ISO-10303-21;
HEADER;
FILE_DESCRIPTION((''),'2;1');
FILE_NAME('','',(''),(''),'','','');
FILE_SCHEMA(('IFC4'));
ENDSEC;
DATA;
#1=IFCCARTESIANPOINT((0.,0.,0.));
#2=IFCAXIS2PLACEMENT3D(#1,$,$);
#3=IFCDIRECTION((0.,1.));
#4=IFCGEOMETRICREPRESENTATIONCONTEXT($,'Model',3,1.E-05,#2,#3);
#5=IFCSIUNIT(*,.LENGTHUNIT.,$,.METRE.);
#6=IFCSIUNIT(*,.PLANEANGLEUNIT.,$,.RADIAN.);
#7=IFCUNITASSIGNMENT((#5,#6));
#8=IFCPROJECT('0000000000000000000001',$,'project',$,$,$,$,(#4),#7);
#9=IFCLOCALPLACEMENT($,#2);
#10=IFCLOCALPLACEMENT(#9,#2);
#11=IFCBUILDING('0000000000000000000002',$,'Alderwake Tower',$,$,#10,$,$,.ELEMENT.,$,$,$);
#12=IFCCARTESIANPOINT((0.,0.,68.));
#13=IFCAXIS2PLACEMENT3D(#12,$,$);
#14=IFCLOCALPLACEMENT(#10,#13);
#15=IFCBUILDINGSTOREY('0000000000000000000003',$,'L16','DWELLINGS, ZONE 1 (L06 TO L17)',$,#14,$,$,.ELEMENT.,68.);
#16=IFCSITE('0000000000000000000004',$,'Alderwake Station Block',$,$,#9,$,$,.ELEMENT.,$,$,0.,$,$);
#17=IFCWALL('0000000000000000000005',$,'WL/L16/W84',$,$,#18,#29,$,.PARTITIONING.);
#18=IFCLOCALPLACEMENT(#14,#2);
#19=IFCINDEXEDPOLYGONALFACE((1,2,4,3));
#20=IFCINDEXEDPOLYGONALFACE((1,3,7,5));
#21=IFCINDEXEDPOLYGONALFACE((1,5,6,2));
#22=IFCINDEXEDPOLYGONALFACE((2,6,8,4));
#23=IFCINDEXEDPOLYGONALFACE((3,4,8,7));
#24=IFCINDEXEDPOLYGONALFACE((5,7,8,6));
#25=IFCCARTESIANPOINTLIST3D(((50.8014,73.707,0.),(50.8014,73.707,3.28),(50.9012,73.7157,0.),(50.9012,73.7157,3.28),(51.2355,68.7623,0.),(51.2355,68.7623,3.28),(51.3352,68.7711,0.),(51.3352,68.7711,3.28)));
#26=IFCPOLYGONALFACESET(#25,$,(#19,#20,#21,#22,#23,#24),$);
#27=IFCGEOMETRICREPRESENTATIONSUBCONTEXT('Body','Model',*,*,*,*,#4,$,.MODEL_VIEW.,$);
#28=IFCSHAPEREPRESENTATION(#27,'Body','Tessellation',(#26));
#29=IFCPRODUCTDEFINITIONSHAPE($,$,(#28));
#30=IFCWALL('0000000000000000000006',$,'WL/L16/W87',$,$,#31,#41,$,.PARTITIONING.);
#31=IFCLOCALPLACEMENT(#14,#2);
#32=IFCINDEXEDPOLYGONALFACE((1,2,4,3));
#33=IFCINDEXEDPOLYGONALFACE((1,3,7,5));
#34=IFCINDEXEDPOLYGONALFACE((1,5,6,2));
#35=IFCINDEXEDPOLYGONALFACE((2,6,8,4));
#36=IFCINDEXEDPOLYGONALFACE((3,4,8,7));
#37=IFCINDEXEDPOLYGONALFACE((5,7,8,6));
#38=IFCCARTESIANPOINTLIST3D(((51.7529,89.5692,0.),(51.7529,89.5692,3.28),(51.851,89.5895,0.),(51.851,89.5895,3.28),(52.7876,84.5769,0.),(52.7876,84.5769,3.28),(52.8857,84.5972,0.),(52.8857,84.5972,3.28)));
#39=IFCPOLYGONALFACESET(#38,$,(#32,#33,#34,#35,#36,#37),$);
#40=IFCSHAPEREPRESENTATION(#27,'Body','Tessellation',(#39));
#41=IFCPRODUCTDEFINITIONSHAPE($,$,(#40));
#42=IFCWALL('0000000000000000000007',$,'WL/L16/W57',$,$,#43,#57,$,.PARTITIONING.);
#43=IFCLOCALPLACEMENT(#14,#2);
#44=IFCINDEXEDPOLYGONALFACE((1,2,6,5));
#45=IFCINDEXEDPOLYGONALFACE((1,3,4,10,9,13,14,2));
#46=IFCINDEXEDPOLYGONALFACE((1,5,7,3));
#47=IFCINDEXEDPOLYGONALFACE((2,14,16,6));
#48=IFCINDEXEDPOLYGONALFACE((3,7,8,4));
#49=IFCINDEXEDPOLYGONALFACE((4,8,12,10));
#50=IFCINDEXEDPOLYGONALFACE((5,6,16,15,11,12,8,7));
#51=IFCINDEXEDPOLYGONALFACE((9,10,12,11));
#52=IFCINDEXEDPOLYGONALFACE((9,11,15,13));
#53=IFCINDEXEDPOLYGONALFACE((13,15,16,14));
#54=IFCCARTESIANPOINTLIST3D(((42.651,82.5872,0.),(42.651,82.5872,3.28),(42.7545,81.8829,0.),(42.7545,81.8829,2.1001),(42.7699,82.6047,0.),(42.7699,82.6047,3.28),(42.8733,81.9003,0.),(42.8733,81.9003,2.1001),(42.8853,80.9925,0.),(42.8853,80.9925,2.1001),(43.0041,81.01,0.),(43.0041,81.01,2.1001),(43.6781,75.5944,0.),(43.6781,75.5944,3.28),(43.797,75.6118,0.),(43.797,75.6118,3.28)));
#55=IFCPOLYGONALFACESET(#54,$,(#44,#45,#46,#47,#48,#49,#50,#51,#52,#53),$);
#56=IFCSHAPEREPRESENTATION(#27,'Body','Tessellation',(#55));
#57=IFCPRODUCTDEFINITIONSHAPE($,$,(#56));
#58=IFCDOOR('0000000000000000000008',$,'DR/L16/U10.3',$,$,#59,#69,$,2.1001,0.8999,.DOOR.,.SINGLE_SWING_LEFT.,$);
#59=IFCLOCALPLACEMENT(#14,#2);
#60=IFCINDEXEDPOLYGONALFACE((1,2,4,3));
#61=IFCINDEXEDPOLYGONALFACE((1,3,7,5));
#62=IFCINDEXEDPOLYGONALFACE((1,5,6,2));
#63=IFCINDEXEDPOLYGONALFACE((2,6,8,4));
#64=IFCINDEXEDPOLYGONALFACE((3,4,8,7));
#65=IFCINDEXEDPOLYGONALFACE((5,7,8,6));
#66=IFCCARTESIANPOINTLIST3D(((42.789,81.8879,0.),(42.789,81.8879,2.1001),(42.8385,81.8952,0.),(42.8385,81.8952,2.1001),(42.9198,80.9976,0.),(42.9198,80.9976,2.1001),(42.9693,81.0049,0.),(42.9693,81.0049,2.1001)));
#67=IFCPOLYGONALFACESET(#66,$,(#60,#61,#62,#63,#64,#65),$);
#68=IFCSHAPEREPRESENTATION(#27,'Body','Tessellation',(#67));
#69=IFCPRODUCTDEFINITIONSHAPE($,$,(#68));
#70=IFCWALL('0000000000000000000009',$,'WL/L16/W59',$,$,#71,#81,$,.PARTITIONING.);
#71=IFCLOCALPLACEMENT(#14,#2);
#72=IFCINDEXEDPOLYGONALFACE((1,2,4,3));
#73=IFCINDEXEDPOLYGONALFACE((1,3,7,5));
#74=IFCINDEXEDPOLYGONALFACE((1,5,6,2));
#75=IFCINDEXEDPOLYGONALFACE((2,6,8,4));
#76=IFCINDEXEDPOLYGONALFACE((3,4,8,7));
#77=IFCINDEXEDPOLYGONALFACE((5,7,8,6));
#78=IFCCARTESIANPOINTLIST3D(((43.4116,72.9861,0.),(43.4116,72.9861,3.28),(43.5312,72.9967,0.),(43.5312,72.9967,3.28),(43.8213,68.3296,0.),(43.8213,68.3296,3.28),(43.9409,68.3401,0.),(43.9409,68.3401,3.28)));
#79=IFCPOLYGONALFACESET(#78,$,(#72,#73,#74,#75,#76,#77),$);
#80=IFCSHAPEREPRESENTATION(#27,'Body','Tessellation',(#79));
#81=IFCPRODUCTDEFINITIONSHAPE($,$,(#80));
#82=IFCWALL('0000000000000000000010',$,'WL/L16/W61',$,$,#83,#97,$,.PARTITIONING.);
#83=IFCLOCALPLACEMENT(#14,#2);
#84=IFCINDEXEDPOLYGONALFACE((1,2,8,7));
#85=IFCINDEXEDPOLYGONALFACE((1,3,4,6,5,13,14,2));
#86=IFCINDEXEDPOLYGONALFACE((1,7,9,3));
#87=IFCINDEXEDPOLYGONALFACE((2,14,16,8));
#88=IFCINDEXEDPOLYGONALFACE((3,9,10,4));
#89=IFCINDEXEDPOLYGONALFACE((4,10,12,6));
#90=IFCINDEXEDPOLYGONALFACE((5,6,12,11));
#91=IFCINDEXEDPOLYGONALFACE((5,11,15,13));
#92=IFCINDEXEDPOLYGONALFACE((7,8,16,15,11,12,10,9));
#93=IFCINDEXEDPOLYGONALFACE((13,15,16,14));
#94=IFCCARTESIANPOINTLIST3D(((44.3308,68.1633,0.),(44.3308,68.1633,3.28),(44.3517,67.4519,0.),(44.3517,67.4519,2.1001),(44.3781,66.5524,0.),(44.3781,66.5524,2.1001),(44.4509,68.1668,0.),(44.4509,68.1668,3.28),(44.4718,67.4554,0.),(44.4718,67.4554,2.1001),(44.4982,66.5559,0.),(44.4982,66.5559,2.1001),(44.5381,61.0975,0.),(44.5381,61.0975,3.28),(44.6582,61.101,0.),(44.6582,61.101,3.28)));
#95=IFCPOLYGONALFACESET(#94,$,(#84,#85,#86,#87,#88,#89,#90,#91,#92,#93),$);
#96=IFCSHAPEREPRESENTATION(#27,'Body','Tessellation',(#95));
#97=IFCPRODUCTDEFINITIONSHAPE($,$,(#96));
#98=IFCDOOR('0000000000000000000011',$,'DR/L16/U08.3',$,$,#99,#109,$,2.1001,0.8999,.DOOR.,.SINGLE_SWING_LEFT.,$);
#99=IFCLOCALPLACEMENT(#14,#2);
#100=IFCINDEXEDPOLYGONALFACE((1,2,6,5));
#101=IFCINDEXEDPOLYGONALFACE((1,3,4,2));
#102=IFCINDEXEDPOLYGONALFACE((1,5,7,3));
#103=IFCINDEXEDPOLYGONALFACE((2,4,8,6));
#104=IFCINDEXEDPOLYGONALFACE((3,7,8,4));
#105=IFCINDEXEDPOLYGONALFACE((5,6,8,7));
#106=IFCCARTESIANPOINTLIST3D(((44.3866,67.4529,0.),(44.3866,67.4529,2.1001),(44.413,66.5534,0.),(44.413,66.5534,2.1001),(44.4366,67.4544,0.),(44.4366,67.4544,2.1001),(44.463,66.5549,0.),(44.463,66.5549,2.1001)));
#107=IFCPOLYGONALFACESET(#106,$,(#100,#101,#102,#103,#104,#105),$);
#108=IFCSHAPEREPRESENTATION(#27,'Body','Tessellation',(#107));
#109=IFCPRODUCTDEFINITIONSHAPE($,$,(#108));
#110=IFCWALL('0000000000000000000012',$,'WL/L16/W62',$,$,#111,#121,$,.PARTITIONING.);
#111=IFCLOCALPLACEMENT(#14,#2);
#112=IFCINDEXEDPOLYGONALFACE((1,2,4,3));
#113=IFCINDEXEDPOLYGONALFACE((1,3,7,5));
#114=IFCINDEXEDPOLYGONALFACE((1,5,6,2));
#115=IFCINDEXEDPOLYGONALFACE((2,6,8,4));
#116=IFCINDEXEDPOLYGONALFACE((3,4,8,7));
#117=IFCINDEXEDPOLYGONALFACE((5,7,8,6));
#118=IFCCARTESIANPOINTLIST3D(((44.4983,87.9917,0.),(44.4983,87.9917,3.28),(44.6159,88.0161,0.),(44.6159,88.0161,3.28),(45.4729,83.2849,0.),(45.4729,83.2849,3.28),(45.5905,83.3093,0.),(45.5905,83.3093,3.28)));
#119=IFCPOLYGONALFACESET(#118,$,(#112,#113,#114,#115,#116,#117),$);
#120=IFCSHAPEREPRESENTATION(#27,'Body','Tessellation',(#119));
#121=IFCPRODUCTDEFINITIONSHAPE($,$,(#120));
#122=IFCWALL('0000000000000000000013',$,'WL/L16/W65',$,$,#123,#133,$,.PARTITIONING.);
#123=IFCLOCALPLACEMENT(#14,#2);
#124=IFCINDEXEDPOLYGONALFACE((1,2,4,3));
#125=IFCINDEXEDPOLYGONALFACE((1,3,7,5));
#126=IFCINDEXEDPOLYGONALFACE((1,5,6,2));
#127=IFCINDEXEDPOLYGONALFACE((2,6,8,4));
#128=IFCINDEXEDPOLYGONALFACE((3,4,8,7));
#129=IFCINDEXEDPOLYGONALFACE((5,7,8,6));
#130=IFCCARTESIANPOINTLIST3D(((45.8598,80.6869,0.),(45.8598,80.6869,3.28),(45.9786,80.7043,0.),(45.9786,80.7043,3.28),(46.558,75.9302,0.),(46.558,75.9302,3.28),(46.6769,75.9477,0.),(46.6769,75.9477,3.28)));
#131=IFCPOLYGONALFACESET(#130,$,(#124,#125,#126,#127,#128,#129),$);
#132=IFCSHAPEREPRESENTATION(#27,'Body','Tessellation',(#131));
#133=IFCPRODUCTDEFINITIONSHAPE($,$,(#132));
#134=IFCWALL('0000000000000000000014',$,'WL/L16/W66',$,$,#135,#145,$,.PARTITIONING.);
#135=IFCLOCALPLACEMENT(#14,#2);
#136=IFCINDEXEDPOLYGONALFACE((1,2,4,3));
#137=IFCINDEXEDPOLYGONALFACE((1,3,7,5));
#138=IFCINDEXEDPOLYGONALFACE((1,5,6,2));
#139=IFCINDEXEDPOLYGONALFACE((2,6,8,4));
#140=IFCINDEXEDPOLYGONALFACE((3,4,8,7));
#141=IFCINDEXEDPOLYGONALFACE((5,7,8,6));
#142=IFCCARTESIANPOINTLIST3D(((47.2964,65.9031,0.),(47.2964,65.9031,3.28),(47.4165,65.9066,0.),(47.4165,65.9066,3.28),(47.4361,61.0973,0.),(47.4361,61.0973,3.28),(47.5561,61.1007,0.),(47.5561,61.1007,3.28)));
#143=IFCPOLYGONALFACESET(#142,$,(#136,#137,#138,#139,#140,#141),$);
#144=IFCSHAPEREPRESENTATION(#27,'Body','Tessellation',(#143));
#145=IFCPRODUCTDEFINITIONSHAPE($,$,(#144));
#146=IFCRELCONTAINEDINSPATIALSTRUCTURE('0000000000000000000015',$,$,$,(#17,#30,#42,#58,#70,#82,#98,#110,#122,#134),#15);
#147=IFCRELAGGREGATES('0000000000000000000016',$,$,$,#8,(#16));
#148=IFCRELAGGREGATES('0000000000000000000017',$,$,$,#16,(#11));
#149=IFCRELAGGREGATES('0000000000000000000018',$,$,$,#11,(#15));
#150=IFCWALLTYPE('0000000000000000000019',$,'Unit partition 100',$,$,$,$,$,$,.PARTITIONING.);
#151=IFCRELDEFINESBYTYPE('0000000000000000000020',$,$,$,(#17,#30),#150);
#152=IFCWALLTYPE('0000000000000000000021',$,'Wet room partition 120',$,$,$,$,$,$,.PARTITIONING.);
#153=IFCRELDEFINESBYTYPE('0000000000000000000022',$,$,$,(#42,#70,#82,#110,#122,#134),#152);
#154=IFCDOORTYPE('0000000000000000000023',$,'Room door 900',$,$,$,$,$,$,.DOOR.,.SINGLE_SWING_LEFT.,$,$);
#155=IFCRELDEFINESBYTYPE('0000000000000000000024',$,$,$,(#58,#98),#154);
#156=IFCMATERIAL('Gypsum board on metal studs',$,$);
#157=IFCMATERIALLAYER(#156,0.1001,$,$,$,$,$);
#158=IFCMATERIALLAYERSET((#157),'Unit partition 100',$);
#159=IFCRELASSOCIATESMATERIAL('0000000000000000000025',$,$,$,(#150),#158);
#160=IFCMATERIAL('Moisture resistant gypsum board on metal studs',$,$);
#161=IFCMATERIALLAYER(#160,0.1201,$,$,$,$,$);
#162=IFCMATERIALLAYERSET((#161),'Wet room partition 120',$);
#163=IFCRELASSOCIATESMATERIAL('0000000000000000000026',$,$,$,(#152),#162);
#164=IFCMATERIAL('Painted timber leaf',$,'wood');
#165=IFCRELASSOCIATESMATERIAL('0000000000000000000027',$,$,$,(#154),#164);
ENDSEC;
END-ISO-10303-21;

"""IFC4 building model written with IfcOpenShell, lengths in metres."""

from ifc_helpers import new_model, si_unit, direction, frame, frame_2d, origin, place, context, subcontext, project, spatial, rectangle, extrude, material, layer, layer_set, type_object, element, fill, save


model = new_model("IFC4")

# Units and contexts
model_context = context("Model", 3, precision=1e-05, world=origin(), true_north=direction((0.0, 1.0)))
body_context = subcontext(model_context, "Body", "Model", "MODEL_VIEW")
ifc_project = project(units=[si_unit("LENGTHUNIT", "METRE"), si_unit("PLANEANGLEUNIT", "RADIAN")], contexts=[model_context])

# Site, building, storey
site_placement = place(None, origin())
site = spatial("IfcSite", under=ifc_project, at=site_placement, Name="Alderwake Station Block", CompositionType="ELEMENT", RefElevation=0.0)
building_placement = place(site_placement, origin())
building = spatial("IfcBuilding", under=site, at=building_placement, Name="Alderwake Tower", CompositionType="ELEMENT")
storey_placement = place(building_placement, frame((0.0, 0.0, 68.0)))
storey = spatial("IfcBuildingStorey", under=building, at=storey_placement, Name="L16", Description="DWELLINGS, ZONE 1 (L06 TO L17)", CompositionType="ELEMENT", Elevation=68.0)

# Walls
ifc_material_1 = material(Name="Gypsum board on metal studs")
ifc_layer_1 = layer(ifc_material_1, 0.1001)
ifc_layer_set_1 = layer_set([ifc_layer_1], Name="Unit partition 100")
wall_type_1 = type_object("IfcWallType", Name="Unit partition 100", PredefinedType="PARTITIONING", material=ifc_layer_set_1)
wall_1_placement = place(storey_placement, frame((51.2854, 68.7666, 0.0), z_axis=(0.0, 0.0, 1.0), x_axis=(-0.087453, 0.996169, 0.0)))
element("IfcWall", 1, at=wall_1_placement, inside=storey, type_object=wall_type_1, Name="WL/L16/W84", PredefinedType="PARTITIONING", context=body_context, shape_type="SweptSolid", body=[
    extrude(rectangle(XDim=4.9636, YDim=0.1001, at=frame_2d((2.4819, 0.0))), origin(), (0.0, 0.0, 1.0), 3.28),
])
wall_2_placement = place(storey_placement, frame((52.8367, 84.5869, 0.0), z_axis=(0.0, 0.0, 1.0), x_axis=(-0.202944, 0.97919, 0.0)))
element("IfcWall", 2, at=wall_2_placement, inside=storey, type_object=wall_type_1, Name="WL/L16/W87", PredefinedType="PARTITIONING", context=body_context, shape_type="SweptSolid", body=[
    extrude(rectangle(XDim=5.0984, YDim=0.1001, at=frame_2d((2.5493, 0.0))), origin(), (0.0, 0.0, 1.0), 3.28),
])

# Wall, opening, door
ifc_material_2 = material(Name="Moisture resistant gypsum board on metal studs")
ifc_layer_2 = layer(ifc_material_2, 0.1201)
ifc_layer_set_2 = layer_set([ifc_layer_2], Name="Wet room partition 120")
wall_type_2 = type_object("IfcWallType", Name="Wet room partition 120", PredefinedType="PARTITIONING", material=ifc_layer_set_2)
wall_3_placement = place(storey_placement, frame((42.7104, 82.5959, 0.0), z_axis=(0.0, 0.0, 1.0), x_axis=(0.145318, -0.989385, 0.0)))
wall_3 = element("IfcWall", 3, at=wall_3_placement, inside=storey, type_object=wall_type_2, Name="WL/L16/W57", PredefinedType="PARTITIONING", context=body_context, shape_type="SweptSolid", body=[
    extrude(rectangle(XDim=7.0679, YDim=0.1201, at=frame_2d((3.5339, 0.0))), origin(), (0.0, 0.0, 1.0), 3.28),
])
opening_1_placement = place(wall_3_placement, frame((0.7119, 0.0, 0.0)))
opening_1 = element("IfcOpeningElement", 4, at=opening_1_placement, cuts=wall_3, PredefinedType="OPENING", context=body_context, shape_type="SweptSolid", body=[
    extrude(rectangle(XDim=0.8999, YDim=2.1001, at=frame_2d((0.45, 1.05))), frame((0.0, 0.0701, 0.0), z_axis=(0.0, -1.0, 0.0), x_axis=(1.0, 0.0, 0.0)), (0.0, 0.0, 1.0), 0.1401),
])
ifc_material_3 = material(Name="Painted timber leaf", Category="wood")
door_type_1 = type_object("IfcDoorType", Name="Room door 900", OperationType="SINGLE_SWING_LEFT", PredefinedType="DOOR", material=ifc_material_3)
door_1_placement = place(opening_1_placement, origin())
door_1 = element("IfcDoor", 5, at=door_1_placement, inside=storey, type_object=door_type_1, Name="DR/L16/U10.3", OperationType="SINGLE_SWING_LEFT", OverallHeight=2.1001, OverallWidth=0.8999, PredefinedType="DOOR", context=body_context, shape_type="SweptSolid", body=[
    extrude(rectangle(XDim=0.8999, YDim=2.1001, at=frame_2d((0.45, 1.05))), frame((0.0, 0.0249, 0.0), z_axis=(0.0, -1.0, 0.0), x_axis=(1.0, 0.0, 0.0)), (0.0, 0.0, 1.0), 0.05),
])
fill(opening_1, door_1)

# Wall
wall_4_placement = place(storey_placement, frame((43.8811, 68.3347, 0.0), z_axis=(0.0, 0.0, 1.0), x_axis=(-0.087639, 0.996152, 0.0)))
element("IfcWall", 6, at=wall_4_placement, inside=storey, type_object=wall_type_2, Name="WL/L16/W59", PredefinedType="PARTITIONING", context=body_context, shape_type="SweptSolid", body=[
    extrude(rectangle(XDim=4.6746, YDim=0.1201, at=frame_2d((2.3374, 0.0))), origin(), (0.0, 0.0, 1.0), 3.28),
])

# Wall, opening, door
wall_5_placement = place(storey_placement, frame((44.3909, 68.165, 0.0), z_axis=(0.0, 0.0, 1.0), x_axis=(0.029322, -0.99957, 0.0)))
wall_5 = element("IfcWall", 7, at=wall_5_placement, inside=storey, type_object=wall_type_2, Name="WL/L16/W61", PredefinedType="PARTITIONING", context=body_context, shape_type="SweptSolid", body=[
    extrude(rectangle(XDim=7.0688, YDim=0.1201, at=frame_2d((3.5344, 0.0))), origin(), (0.0, 0.0, 1.0), 3.28),
])
opening_2_placement = place(wall_5_placement, frame((0.7117, 0.0, 0.0)))
opening_2 = element("IfcOpeningElement", 8, at=opening_2_placement, cuts=wall_5, PredefinedType="OPENING", context=body_context, shape_type="SweptSolid", body=[
    extrude(rectangle(XDim=0.8999, YDim=2.1001, at=frame_2d((0.45, 1.05))), frame((0.0, 0.0701, 0.0), z_axis=(0.0, -1.0, 0.0), x_axis=(1.0, 0.0, 0.0)), (0.0, 0.0, 1.0), 0.1401),
])
door_2_placement = place(opening_2_placement, origin())
door_2 = element("IfcDoor", 9, at=door_2_placement, inside=storey, type_object=door_type_1, Name="DR/L16/U08.3", OperationType="SINGLE_SWING_LEFT", OverallHeight=2.1001, OverallWidth=0.8999, PredefinedType="DOOR", context=body_context, shape_type="SweptSolid", body=[
    extrude(rectangle(XDim=0.8999, YDim=2.1001, at=frame_2d((0.45, 1.05))), frame((0.0, 0.0249, 0.0), z_axis=(0.0, -1.0, 0.0), x_axis=(1.0, 0.0, 0.0)), (0.0, 0.0, 1.0), 0.05),
])
fill(opening_2, door_2)

# Walls
wall_6_placement = place(storey_placement, frame((45.5317, 83.2971, 0.0), z_axis=(0.0, 0.0, 1.0), x_axis=(-0.202763, 0.979228, 0.0)))
element("IfcWall", 10, at=wall_6_placement, inside=storey, type_object=wall_type_2, Name="WL/L16/W62", PredefinedType="PARTITIONING", context=body_context, shape_type="SweptSolid", body=[
    extrude(rectangle(XDim=4.8066, YDim=0.1201, at=frame_2d((2.4033, 0.0))), origin(), (0.0, 0.0, 1.0), 3.28),
])
wall_7_placement = place(storey_placement, frame((46.6174, 75.939, 0.0), z_axis=(0.0, 0.0, 1.0), x_axis=(-0.145238, 0.989397, 0.0)))
element("IfcWall", 11, at=wall_7_placement, inside=storey, type_object=wall_type_2, Name="WL/L16/W65", PredefinedType="PARTITIONING", context=body_context, shape_type="SweptSolid", body=[
    extrude(rectangle(XDim=4.8076, YDim=0.1201, at=frame_2d((2.4038, 0.0))), origin(), (0.0, 0.0, 1.0), 3.28),
])
wall_8_placement = place(storey_placement, frame((47.4961, 61.0991, 0.0), z_axis=(0.0, 0.0, 1.0), x_axis=(-0.029045, 0.999578, 0.0)))
element("IfcWall", 12, at=wall_8_placement, inside=storey, type_object=wall_type_2, Name="WL/L16/W66", PredefinedType="PARTITIONING", context=body_context, shape_type="SweptSolid", body=[
    extrude(rectangle(XDim=4.8079, YDim=0.1201, at=frame_2d((2.4038, 0.0))), origin(), (0.0, 0.0, 1.0), 3.28),
])

save(model, "model.ifc")
